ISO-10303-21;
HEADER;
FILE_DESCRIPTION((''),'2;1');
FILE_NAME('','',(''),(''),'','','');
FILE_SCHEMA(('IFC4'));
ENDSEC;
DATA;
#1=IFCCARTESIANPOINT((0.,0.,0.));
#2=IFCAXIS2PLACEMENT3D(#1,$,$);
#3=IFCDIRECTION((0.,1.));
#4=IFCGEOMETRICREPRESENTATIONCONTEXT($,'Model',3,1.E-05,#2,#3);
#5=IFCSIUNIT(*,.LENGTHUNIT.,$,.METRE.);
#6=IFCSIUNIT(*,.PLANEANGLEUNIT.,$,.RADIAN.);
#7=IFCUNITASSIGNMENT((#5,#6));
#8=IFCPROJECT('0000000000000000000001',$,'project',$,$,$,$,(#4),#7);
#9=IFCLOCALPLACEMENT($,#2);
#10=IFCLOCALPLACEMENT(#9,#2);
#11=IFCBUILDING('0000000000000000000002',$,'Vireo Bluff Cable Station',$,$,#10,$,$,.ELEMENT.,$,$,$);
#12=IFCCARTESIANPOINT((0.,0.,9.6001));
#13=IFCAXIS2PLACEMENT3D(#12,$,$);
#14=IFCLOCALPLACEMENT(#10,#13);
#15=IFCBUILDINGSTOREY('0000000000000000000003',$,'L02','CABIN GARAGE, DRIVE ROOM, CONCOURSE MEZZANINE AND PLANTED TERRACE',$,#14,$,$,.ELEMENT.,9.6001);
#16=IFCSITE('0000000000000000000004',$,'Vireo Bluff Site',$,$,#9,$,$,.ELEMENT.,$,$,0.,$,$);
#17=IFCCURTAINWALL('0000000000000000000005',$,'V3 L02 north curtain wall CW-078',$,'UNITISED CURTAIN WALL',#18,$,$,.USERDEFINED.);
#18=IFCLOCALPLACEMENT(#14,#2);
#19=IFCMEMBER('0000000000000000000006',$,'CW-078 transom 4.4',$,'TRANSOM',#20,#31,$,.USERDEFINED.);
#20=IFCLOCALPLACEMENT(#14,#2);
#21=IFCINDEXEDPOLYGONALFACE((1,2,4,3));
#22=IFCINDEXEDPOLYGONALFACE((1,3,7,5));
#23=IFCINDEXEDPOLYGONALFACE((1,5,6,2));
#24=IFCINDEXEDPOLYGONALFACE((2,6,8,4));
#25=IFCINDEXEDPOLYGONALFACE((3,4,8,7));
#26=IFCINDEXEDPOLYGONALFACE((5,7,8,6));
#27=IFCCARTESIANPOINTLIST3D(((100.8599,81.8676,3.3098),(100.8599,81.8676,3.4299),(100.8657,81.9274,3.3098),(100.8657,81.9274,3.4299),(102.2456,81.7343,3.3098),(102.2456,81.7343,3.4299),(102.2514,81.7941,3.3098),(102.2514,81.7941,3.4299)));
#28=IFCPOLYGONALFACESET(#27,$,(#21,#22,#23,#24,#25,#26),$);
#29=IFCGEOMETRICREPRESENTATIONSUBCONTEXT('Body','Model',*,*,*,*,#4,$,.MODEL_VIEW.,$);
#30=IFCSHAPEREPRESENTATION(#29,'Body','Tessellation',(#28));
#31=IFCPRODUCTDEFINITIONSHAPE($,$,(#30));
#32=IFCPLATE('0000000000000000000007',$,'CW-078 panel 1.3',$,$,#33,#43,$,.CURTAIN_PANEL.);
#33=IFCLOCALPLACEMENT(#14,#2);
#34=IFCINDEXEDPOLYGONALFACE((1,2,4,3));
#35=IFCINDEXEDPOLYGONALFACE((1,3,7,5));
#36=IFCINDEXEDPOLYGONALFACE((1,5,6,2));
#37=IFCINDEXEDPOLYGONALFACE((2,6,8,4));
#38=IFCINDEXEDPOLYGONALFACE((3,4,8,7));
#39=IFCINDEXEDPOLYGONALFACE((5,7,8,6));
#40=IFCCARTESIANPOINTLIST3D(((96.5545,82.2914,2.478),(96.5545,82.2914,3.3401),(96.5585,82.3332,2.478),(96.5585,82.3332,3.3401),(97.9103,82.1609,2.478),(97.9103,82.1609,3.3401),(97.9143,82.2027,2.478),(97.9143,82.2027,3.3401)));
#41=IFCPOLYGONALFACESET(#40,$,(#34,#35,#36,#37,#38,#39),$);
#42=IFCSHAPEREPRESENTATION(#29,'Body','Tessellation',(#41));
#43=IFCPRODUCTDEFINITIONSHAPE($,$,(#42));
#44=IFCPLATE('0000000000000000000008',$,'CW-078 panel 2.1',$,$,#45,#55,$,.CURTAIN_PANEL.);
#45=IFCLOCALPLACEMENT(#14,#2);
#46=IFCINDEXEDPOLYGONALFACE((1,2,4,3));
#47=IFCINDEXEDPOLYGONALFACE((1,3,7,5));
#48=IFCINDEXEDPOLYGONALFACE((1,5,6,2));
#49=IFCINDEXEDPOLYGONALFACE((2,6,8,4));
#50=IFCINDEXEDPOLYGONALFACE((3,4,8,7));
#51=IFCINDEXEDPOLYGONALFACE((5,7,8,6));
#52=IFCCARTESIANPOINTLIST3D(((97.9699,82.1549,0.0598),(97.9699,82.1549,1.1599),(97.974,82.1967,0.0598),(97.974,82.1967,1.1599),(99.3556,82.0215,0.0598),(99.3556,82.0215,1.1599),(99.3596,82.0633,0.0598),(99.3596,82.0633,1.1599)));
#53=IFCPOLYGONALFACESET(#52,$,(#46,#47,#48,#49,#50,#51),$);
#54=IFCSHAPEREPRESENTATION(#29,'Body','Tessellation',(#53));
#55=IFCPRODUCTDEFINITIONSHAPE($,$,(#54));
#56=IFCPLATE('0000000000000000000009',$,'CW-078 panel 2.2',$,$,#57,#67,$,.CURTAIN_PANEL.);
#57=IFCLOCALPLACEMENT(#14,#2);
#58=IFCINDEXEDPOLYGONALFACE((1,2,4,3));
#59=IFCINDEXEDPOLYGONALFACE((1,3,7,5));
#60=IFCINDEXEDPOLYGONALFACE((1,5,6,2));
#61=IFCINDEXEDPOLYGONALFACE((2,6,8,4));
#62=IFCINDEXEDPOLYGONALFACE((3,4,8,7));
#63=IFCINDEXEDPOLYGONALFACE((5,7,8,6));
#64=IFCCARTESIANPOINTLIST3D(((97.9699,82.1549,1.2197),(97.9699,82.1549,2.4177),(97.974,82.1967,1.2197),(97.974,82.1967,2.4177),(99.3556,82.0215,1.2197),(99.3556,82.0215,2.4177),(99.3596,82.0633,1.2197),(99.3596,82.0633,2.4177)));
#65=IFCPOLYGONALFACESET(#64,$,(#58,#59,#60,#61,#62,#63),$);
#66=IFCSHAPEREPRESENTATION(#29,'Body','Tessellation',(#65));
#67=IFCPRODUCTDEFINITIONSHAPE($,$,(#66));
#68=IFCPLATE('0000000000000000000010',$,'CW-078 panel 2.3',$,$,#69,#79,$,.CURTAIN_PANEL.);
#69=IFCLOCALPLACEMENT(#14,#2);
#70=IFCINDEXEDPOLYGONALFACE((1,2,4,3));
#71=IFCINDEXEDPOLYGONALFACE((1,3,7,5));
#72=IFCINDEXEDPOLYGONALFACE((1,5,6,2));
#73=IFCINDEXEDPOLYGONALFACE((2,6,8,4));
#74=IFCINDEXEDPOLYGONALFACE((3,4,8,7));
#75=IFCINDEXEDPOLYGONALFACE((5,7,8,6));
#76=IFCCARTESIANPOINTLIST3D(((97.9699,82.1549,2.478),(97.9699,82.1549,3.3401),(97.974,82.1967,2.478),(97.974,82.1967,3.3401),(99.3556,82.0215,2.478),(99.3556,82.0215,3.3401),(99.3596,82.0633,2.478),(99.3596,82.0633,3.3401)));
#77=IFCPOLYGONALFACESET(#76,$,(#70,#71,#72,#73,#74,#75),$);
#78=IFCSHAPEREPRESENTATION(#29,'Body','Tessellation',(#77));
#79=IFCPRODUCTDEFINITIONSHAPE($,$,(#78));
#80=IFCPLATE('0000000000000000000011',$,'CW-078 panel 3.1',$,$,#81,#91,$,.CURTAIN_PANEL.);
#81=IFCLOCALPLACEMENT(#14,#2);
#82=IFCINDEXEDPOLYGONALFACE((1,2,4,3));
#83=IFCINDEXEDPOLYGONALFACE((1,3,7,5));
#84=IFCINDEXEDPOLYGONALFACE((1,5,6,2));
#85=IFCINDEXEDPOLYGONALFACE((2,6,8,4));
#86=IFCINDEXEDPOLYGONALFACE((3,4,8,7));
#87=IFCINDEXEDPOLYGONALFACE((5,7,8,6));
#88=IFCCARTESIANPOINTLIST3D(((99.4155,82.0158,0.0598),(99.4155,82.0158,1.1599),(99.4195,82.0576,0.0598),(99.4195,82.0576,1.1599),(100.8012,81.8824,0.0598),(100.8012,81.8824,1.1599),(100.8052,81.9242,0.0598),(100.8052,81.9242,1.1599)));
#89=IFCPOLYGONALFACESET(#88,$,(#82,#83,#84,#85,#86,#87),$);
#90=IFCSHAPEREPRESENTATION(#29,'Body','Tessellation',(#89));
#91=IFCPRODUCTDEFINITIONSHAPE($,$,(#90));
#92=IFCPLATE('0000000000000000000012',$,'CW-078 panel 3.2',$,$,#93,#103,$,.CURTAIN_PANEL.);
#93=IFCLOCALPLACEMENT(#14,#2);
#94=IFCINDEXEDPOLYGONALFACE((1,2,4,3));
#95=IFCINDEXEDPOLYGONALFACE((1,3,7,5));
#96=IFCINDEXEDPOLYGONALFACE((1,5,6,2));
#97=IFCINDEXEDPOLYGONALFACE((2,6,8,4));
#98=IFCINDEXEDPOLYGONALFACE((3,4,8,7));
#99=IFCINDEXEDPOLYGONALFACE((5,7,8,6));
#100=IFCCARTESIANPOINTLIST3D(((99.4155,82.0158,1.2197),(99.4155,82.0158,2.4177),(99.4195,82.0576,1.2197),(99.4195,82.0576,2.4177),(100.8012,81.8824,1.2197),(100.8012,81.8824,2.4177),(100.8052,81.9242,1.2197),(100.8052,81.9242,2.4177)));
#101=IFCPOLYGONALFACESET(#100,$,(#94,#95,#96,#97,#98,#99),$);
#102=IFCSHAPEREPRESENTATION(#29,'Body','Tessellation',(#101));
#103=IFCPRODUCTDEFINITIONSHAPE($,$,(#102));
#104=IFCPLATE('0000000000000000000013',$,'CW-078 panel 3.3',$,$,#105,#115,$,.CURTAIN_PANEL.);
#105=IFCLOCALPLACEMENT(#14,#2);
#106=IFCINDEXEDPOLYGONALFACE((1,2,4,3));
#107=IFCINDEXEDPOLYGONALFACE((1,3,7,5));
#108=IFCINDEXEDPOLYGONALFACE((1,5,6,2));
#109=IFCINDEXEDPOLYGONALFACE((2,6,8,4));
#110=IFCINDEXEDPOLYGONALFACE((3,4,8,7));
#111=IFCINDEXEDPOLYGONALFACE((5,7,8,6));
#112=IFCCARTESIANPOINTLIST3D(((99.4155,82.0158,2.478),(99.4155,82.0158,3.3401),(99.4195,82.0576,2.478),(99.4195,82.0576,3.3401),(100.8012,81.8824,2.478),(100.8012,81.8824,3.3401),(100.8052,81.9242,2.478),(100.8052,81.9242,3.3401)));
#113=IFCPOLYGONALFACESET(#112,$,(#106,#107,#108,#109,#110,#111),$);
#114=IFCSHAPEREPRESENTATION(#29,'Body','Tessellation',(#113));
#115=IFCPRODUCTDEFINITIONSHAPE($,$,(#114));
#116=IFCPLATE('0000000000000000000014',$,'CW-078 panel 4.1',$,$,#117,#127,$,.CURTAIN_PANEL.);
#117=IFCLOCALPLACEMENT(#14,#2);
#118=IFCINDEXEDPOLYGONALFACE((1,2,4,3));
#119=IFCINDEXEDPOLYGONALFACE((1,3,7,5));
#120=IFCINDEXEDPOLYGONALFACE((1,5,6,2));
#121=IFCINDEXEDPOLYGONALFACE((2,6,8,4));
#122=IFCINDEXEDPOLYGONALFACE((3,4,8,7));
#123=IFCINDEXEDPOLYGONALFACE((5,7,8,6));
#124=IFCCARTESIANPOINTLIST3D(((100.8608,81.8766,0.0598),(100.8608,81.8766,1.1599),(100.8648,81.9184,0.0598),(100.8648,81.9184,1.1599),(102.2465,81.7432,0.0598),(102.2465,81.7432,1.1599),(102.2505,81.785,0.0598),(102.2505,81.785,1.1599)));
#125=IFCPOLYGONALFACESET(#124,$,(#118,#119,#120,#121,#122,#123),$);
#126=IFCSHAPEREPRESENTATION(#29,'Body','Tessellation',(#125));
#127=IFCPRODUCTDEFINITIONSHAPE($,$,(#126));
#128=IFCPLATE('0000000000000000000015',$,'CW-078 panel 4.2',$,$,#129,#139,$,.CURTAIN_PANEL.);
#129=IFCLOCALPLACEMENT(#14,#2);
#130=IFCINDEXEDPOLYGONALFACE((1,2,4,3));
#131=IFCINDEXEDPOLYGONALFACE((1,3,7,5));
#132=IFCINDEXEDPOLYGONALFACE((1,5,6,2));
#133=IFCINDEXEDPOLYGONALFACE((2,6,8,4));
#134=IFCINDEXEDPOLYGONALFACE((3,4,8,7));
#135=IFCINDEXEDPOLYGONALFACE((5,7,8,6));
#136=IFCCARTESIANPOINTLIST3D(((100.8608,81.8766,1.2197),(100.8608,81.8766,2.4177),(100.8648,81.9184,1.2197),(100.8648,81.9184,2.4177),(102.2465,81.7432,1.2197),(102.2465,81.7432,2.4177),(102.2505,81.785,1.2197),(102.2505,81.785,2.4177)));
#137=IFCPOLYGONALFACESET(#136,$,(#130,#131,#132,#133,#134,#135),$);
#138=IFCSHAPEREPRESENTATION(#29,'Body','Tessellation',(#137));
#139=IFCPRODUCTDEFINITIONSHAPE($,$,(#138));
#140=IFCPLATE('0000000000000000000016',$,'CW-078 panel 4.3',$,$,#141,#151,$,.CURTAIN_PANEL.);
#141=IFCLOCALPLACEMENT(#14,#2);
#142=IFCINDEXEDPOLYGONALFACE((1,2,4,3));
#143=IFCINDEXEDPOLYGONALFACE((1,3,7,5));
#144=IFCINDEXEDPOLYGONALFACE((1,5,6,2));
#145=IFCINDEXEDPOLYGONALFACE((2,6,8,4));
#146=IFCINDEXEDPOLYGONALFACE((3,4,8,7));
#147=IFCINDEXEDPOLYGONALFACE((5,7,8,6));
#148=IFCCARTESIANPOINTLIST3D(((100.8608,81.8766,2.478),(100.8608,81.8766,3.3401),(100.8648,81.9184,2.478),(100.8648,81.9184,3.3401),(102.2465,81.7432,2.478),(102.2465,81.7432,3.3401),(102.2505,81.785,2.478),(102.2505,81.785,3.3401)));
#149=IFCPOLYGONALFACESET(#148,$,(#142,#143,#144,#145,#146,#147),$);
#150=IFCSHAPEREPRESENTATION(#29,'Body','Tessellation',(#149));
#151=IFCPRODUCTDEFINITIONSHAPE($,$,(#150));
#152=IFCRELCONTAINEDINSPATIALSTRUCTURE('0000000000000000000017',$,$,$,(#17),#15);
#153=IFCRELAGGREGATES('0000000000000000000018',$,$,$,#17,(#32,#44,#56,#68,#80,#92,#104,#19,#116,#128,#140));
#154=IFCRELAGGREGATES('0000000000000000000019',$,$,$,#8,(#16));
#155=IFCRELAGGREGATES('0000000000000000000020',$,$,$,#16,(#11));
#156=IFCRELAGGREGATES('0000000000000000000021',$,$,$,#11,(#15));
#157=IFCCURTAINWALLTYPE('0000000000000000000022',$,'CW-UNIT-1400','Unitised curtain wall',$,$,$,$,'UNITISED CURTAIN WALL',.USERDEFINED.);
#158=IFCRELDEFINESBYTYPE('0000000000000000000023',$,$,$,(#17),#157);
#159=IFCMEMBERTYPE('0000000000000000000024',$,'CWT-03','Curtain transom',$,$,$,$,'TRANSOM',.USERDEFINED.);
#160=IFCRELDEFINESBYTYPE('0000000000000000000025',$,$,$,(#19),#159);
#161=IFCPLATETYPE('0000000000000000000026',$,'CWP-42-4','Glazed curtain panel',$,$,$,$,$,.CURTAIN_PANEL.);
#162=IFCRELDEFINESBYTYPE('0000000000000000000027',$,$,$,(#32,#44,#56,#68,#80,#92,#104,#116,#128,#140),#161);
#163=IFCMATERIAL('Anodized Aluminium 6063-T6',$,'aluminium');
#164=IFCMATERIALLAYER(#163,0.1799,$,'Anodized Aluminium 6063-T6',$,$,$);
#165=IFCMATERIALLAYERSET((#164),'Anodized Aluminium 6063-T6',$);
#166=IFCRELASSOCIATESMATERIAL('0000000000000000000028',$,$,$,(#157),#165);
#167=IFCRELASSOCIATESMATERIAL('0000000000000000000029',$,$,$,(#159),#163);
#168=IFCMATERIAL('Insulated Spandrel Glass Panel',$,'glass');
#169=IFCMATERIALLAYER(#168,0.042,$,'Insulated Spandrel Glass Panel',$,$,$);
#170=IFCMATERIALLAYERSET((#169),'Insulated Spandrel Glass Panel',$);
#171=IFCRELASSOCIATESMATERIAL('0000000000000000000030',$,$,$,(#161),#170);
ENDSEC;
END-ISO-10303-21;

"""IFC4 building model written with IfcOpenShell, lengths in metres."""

from ifc_helpers import new_model, si_unit, direction, frame, origin, origin_2d, place, context, subcontext, project, spatial, rectangle, extrude, material, layer, layer_set, material_profile, profile_set, type_object, element, aggregate, save


model = new_model("IFC4")

# Units and contexts
model_context = context("Model", 3, precision=1e-05, world=origin(), true_north=direction((0.0, 1.0)))
body_context = subcontext(model_context, "Body", "Model", "MODEL_VIEW")
ifc_project = project(units=[si_unit("LENGTHUNIT", "METRE"), si_unit("PLANEANGLEUNIT", "RADIAN")], contexts=[model_context])

# Site, building, storey
site_placement = place(None, origin())
site = spatial("IfcSite", under=ifc_project, at=site_placement, Name="Vireo Bluff Site", CompositionType="ELEMENT", RefElevation=0.0)
building_placement = place(site_placement, origin())
building = spatial("IfcBuilding", under=site, at=building_placement, Name="Vireo Bluff Cable Station", CompositionType="ELEMENT")
storey_placement = place(building_placement, frame((0.0, 0.0, 9.6001)))
storey = spatial("IfcBuildingStorey", under=building, at=storey_placement, Name="L02", Description="CABIN GARAGE, DRIVE ROOM, CONCOURSE MEZZANINE AND PLANTED TERRACE", CompositionType="ELEMENT", Elevation=9.6001)

# Curtain wall, member, plates
ifc_material_1 = material(Name="Anodized Aluminium 6063-T6", Category="aluminium")
ifc_layer_1 = layer(ifc_material_1, 0.1799, Name="Anodized Aluminium 6063-T6")
ifc_layer_set_1 = layer_set([ifc_layer_1], Name="Anodized Aluminium 6063-T6")
curtain_wall_type = type_object("IfcCurtainWallType", Name="CW-UNIT-1400", Description="Unitised curtain wall", ElementType="UNITISED CURTAIN WALL", PredefinedType="USERDEFINED", material=ifc_layer_set_1)
curtain_wall_placement = place(storey_placement, origin())
curtain_wall = element("IfcCurtainWall", 1, at=curtain_wall_placement, inside=storey, type_object=curtain_wall_type, Name="V3 L02 north curtain wall CW-078", ObjectType="UNITISED CURTAIN WALL", PredefinedType="USERDEFINED")
ifc_material_profile_1 = material_profile(ifc_material_1, rectangle(XDim=0.0601, YDim=0.1201, at=origin_2d()), Name="ALU-T-60X120")
ifc_profile_set_1 = profile_set([ifc_material_profile_1], Name="Anodized Aluminium 6063-T6")
member_type_1 = type_object("IfcMemberType", Name="CWT-03", Description="Curtain transom", ElementType="TRANSOM", PredefinedType="USERDEFINED", material=ifc_profile_set_1)
member_1_placement = place(storey_placement, frame((100.8628, 81.8975, 3.3699), z_axis=(0.995405, -0.095753, 0.0), x_axis=(0.095753, 0.995405, 0.0)))
member_1 = element("IfcMember", 2, at=member_1_placement, type_object=member_type_1, Name="CW-078 transom 4.4", ObjectType="TRANSOM", PredefinedType="USERDEFINED", context=body_context, shape_type="SweptSolid", body=[
    extrude(rectangle(XDim=0.0601, YDim=0.1201, at=origin_2d()), origin(), (0.0, 0.0, 1.0), 1.3921),
])
ifc_material_2 = material(Name="Insulated Spandrel Glass Panel", Category="glass")
ifc_layer_2 = layer(ifc_material_2, 0.042, Name="Insulated Spandrel Glass Panel")
ifc_layer_set_2 = layer_set([ifc_layer_2], Name="Insulated Spandrel Glass Panel")
plate_type = type_object("IfcPlateType", Name="CWP-42-4", Description="Glazed curtain panel", PredefinedType="CURTAIN_PANEL", material=ifc_layer_set_2)
plate_1_placement = place(storey_placement, frame((97.2344, 82.2471, 2.478), z_axis=(0.0, 0.0, 1.0), x_axis=(0.995396, -0.095846, 0.0)))
plate_1 = element("IfcPlate", 3, at=plate_1_placement, type_object=plate_type, Name="CW-078 panel 1.3", PredefinedType="CURTAIN_PANEL", context=body_context, shape_type="SweptSolid", body=[
    extrude(rectangle(XDim=1.3621, YDim=0.042, at=origin_2d()), origin(), (0.0, 0.0, 1.0), 0.8621),
])
plate_2_placement = place(storey_placement, frame((98.6648, 82.1091, 0.0598), z_axis=(0.0, 0.0, 1.0), x_axis=(0.995396, -0.095846, 0.0)))
plate_2 = element("IfcPlate", 4, at=plate_2_placement, type_object=plate_type, Name="CW-078 panel 2.1", PredefinedType="CURTAIN_PANEL", context=body_context, shape_type="SweptSolid", body=[
    extrude(rectangle(XDim=1.3921, YDim=0.042, at=origin_2d()), origin(), (0.0, 0.0, 1.0), 1.1001),
])
plate_3_placement = place(storey_placement, frame((98.6648, 82.1091, 1.2197), z_axis=(0.0, 0.0, 1.0), x_axis=(0.995396, -0.095846, 0.0)))
plate_3 = element("IfcPlate", 5, at=plate_3_placement, type_object=plate_type, Name="CW-078 panel 2.2", PredefinedType="CURTAIN_PANEL", context=body_context, shape_type="SweptSolid", body=[
    extrude(rectangle(XDim=1.3921, YDim=0.042, at=origin_2d()), origin(), (0.0, 0.0, 1.0), 1.198),
])
plate_4_placement = place(storey_placement, frame((98.6648, 82.1091, 2.478), z_axis=(0.0, 0.0, 1.0), x_axis=(0.995396, -0.095846, 0.0)))
plate_4 = element("IfcPlate", 6, at=plate_4_placement, type_object=plate_type, Name="CW-078 panel 2.3", PredefinedType="CURTAIN_PANEL", context=body_context, shape_type="SweptSolid", body=[
    extrude(rectangle(XDim=1.3921, YDim=0.042, at=origin_2d()), origin(), (0.0, 0.0, 1.0), 0.8621),
])
plate_5_placement = place(storey_placement, frame((100.1104, 81.97, 0.0598), z_axis=(0.0, 0.0, 1.0), x_axis=(0.995396, -0.095846, 0.0)))
plate_5 = element("IfcPlate", 7, at=plate_5_placement, type_object=plate_type, Name="CW-078 panel 3.1", PredefinedType="CURTAIN_PANEL", context=body_context, shape_type="SweptSolid", body=[
    extrude(rectangle(XDim=1.3921, YDim=0.042, at=origin_2d()), origin(), (0.0, 0.0, 1.0), 1.1001),
])
plate_6_placement = place(storey_placement, frame((100.1104, 81.97, 1.2197), z_axis=(0.0, 0.0, 1.0), x_axis=(0.995396, -0.095846, 0.0)))
plate_6 = element("IfcPlate", 8, at=plate_6_placement, type_object=plate_type, Name="CW-078 panel 3.2", PredefinedType="CURTAIN_PANEL", context=body_context, shape_type="SweptSolid", body=[
    extrude(rectangle(XDim=1.3921, YDim=0.042, at=origin_2d()), origin(), (0.0, 0.0, 1.0), 1.198),
])
plate_7_placement = place(storey_placement, frame((100.1104, 81.97, 2.478), z_axis=(0.0, 0.0, 1.0), x_axis=(0.995396, -0.095846, 0.0)))
plate_7 = element("IfcPlate", 9, at=plate_7_placement, type_object=plate_type, Name="CW-078 panel 3.3", PredefinedType="CURTAIN_PANEL", context=body_context, shape_type="SweptSolid", body=[
    extrude(rectangle(XDim=1.3921, YDim=0.042, at=origin_2d()), origin(), (0.0, 0.0, 1.0), 0.8621),
])
plate_8_placement = place(storey_placement, frame((101.5557, 81.8308, 0.0598), z_axis=(0.0, 0.0, 1.0), x_axis=(0.995396, -0.095846, 0.0)))
plate_8 = element("IfcPlate", 10, at=plate_8_placement, type_object=plate_type, Name="CW-078 panel 4.1", PredefinedType="CURTAIN_PANEL", context=body_context, shape_type="SweptSolid", body=[
    extrude(rectangle(XDim=1.3921, YDim=0.042, at=origin_2d()), origin(), (0.0, 0.0, 1.0), 1.1001),
])
plate_9_placement = place(storey_placement, frame((101.5557, 81.8308, 1.2197), z_axis=(0.0, 0.0, 1.0), x_axis=(0.995396, -0.095846, 0.0)))
plate_9 = element("IfcPlate", 11, at=plate_9_placement, type_object=plate_type, Name="CW-078 panel 4.2", PredefinedType="CURTAIN_PANEL", context=body_context, shape_type="SweptSolid", body=[
    extrude(rectangle(XDim=1.3921, YDim=0.042, at=origin_2d()), origin(), (0.0, 0.0, 1.0), 1.198),
])
plate_10_placement = place(storey_placement, frame((101.5557, 81.8308, 2.478), z_axis=(0.0, 0.0, 1.0), x_axis=(0.995396, -0.095846, 0.0)))
plate_10 = element("IfcPlate", 12, at=plate_10_placement, type_object=plate_type, Name="CW-078 panel 4.3", PredefinedType="CURTAIN_PANEL", context=body_context, shape_type="SweptSolid", body=[
    extrude(rectangle(XDim=1.3921, YDim=0.042, at=origin_2d()), origin(), (0.0, 0.0, 1.0), 0.8621),
])
aggregate(curtain_wall, [plate_1, plate_2, plate_3, plate_4, plate_5, plate_6, plate_7, member_1, plate_8, plate_9, plate_10])

save(model, "model.ifc")
